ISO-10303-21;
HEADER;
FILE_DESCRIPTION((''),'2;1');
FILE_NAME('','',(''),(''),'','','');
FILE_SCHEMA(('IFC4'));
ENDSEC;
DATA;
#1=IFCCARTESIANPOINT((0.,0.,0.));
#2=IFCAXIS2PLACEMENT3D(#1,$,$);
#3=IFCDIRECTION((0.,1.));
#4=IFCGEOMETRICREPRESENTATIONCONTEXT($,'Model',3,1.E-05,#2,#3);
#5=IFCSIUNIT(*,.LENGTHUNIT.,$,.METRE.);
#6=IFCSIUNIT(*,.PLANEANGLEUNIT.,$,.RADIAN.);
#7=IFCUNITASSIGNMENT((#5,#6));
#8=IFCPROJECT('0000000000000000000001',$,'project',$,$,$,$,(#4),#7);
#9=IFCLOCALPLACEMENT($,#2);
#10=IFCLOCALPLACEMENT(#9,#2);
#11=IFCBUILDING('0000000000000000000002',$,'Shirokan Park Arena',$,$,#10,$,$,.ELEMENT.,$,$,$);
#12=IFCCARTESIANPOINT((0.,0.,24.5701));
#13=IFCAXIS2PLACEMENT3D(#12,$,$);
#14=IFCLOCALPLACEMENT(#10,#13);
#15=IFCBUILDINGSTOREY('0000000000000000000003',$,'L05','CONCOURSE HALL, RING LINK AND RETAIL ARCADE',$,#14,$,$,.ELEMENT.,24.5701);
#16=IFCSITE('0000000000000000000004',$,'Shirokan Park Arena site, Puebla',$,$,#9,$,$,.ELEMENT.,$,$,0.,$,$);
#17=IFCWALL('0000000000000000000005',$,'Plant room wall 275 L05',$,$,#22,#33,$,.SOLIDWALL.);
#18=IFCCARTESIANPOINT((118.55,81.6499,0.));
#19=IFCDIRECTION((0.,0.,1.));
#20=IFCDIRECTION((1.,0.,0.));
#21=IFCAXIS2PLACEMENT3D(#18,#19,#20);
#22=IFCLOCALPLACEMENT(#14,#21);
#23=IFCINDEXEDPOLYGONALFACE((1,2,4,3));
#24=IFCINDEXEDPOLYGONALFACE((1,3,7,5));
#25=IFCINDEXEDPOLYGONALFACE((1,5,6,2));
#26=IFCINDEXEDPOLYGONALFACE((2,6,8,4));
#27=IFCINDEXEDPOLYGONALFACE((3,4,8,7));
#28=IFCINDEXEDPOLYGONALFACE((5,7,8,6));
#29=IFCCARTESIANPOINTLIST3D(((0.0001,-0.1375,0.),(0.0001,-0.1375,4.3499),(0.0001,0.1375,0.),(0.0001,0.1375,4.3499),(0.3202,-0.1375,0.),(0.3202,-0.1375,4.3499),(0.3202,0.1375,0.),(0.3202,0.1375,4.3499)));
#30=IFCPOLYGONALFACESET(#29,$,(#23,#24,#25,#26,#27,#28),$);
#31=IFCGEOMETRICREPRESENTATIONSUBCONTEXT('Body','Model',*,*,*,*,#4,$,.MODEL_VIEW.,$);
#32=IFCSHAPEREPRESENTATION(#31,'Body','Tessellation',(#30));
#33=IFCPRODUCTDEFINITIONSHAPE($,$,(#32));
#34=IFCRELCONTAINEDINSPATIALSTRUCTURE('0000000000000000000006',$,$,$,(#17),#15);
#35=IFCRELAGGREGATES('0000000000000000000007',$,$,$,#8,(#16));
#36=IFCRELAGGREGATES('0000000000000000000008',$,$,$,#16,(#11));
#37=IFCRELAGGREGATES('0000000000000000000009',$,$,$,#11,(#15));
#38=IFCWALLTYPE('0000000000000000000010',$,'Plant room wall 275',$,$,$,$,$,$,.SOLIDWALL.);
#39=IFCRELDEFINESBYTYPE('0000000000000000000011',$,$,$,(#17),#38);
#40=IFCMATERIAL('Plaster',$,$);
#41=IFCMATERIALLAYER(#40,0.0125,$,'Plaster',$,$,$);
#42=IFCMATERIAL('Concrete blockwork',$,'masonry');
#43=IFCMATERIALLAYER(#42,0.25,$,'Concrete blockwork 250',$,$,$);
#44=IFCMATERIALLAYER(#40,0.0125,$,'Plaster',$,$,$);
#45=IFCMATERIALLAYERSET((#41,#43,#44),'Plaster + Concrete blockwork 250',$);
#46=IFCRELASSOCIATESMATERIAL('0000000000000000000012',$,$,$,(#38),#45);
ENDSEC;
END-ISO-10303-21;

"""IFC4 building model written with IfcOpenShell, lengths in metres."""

from ifc_helpers import new_model, si_unit, direction, frame, frame_2d, origin, place, context, subcontext, project, spatial, rectangle, extrude, material, layer, layer_set, type_object, element, save


model = new_model("IFC4")

# Units and contexts
model_context = context("Model", 3, precision=1e-05, world=origin(), true_north=direction((0.0, 1.0)))
body_context = subcontext(model_context, "Body", "Model", "MODEL_VIEW")
ifc_project = project(units=[si_unit("LENGTHUNIT", "METRE"), si_unit("PLANEANGLEUNIT", "RADIAN")], contexts=[model_context])

# Site, building, storey
site_placement = place(None, origin())
site = spatial("IfcSite", under=ifc_project, at=site_placement, Name="Shirokan Park Arena site, Puebla", CompositionType="ELEMENT", RefElevation=0.0)
building_placement = place(site_placement, origin())
building = spatial("IfcBuilding", under=site, at=building_placement, Name="Shirokan Park Arena", CompositionType="ELEMENT")
storey_placement = place(building_placement, frame((0.0, 0.0, 24.5701)))
storey = spatial("IfcBuildingStorey", under=building, at=storey_placement, Name="L05", Description="CONCOURSE HALL, RING LINK AND RETAIL ARCADE", CompositionType="ELEMENT", Elevation=24.5701)

# Wall
ifc_material_1 = material(Name="Plaster")
ifc_layer_1 = layer(ifc_material_1, 0.0125, Name="Plaster")
ifc_material_2 = material(Name="Concrete blockwork", Category="masonry")
ifc_layer_2 = layer(ifc_material_2, 0.25, Name="Concrete blockwork 250")
ifc_layer_3 = layer(ifc_material_1, 0.0125, Name="Plaster")
ifc_layer_set_1 = layer_set([ifc_layer_1, ifc_layer_2, ifc_layer_3], Name="Plaster + Concrete blockwork 250")
wall_type_1 = type_object("IfcWallType", Name="Plant room wall 275", PredefinedType="SOLIDWALL", material=ifc_layer_set_1)
wall_1_placement = place(storey_placement, frame((118.55, 81.6499, 0.0), z_axis=(0.0, 0.0, 1.0), x_axis=(1.0, 0.0, 0.0)))
element("IfcWall", 1, at=wall_1_placement, inside=storey, type_object=wall_type_1, Name="Plant room wall 275 L05", PredefinedType="SOLIDWALL", context=body_context, shape_type="SweptSolid", body=[
    extrude(rectangle(XDim=0.3201, YDim=0.2749, at=frame_2d((0.1602, 0.0))), origin(), (0.0, 0.0, 1.0), 4.3499),
])

save(model, "model.ifc")
